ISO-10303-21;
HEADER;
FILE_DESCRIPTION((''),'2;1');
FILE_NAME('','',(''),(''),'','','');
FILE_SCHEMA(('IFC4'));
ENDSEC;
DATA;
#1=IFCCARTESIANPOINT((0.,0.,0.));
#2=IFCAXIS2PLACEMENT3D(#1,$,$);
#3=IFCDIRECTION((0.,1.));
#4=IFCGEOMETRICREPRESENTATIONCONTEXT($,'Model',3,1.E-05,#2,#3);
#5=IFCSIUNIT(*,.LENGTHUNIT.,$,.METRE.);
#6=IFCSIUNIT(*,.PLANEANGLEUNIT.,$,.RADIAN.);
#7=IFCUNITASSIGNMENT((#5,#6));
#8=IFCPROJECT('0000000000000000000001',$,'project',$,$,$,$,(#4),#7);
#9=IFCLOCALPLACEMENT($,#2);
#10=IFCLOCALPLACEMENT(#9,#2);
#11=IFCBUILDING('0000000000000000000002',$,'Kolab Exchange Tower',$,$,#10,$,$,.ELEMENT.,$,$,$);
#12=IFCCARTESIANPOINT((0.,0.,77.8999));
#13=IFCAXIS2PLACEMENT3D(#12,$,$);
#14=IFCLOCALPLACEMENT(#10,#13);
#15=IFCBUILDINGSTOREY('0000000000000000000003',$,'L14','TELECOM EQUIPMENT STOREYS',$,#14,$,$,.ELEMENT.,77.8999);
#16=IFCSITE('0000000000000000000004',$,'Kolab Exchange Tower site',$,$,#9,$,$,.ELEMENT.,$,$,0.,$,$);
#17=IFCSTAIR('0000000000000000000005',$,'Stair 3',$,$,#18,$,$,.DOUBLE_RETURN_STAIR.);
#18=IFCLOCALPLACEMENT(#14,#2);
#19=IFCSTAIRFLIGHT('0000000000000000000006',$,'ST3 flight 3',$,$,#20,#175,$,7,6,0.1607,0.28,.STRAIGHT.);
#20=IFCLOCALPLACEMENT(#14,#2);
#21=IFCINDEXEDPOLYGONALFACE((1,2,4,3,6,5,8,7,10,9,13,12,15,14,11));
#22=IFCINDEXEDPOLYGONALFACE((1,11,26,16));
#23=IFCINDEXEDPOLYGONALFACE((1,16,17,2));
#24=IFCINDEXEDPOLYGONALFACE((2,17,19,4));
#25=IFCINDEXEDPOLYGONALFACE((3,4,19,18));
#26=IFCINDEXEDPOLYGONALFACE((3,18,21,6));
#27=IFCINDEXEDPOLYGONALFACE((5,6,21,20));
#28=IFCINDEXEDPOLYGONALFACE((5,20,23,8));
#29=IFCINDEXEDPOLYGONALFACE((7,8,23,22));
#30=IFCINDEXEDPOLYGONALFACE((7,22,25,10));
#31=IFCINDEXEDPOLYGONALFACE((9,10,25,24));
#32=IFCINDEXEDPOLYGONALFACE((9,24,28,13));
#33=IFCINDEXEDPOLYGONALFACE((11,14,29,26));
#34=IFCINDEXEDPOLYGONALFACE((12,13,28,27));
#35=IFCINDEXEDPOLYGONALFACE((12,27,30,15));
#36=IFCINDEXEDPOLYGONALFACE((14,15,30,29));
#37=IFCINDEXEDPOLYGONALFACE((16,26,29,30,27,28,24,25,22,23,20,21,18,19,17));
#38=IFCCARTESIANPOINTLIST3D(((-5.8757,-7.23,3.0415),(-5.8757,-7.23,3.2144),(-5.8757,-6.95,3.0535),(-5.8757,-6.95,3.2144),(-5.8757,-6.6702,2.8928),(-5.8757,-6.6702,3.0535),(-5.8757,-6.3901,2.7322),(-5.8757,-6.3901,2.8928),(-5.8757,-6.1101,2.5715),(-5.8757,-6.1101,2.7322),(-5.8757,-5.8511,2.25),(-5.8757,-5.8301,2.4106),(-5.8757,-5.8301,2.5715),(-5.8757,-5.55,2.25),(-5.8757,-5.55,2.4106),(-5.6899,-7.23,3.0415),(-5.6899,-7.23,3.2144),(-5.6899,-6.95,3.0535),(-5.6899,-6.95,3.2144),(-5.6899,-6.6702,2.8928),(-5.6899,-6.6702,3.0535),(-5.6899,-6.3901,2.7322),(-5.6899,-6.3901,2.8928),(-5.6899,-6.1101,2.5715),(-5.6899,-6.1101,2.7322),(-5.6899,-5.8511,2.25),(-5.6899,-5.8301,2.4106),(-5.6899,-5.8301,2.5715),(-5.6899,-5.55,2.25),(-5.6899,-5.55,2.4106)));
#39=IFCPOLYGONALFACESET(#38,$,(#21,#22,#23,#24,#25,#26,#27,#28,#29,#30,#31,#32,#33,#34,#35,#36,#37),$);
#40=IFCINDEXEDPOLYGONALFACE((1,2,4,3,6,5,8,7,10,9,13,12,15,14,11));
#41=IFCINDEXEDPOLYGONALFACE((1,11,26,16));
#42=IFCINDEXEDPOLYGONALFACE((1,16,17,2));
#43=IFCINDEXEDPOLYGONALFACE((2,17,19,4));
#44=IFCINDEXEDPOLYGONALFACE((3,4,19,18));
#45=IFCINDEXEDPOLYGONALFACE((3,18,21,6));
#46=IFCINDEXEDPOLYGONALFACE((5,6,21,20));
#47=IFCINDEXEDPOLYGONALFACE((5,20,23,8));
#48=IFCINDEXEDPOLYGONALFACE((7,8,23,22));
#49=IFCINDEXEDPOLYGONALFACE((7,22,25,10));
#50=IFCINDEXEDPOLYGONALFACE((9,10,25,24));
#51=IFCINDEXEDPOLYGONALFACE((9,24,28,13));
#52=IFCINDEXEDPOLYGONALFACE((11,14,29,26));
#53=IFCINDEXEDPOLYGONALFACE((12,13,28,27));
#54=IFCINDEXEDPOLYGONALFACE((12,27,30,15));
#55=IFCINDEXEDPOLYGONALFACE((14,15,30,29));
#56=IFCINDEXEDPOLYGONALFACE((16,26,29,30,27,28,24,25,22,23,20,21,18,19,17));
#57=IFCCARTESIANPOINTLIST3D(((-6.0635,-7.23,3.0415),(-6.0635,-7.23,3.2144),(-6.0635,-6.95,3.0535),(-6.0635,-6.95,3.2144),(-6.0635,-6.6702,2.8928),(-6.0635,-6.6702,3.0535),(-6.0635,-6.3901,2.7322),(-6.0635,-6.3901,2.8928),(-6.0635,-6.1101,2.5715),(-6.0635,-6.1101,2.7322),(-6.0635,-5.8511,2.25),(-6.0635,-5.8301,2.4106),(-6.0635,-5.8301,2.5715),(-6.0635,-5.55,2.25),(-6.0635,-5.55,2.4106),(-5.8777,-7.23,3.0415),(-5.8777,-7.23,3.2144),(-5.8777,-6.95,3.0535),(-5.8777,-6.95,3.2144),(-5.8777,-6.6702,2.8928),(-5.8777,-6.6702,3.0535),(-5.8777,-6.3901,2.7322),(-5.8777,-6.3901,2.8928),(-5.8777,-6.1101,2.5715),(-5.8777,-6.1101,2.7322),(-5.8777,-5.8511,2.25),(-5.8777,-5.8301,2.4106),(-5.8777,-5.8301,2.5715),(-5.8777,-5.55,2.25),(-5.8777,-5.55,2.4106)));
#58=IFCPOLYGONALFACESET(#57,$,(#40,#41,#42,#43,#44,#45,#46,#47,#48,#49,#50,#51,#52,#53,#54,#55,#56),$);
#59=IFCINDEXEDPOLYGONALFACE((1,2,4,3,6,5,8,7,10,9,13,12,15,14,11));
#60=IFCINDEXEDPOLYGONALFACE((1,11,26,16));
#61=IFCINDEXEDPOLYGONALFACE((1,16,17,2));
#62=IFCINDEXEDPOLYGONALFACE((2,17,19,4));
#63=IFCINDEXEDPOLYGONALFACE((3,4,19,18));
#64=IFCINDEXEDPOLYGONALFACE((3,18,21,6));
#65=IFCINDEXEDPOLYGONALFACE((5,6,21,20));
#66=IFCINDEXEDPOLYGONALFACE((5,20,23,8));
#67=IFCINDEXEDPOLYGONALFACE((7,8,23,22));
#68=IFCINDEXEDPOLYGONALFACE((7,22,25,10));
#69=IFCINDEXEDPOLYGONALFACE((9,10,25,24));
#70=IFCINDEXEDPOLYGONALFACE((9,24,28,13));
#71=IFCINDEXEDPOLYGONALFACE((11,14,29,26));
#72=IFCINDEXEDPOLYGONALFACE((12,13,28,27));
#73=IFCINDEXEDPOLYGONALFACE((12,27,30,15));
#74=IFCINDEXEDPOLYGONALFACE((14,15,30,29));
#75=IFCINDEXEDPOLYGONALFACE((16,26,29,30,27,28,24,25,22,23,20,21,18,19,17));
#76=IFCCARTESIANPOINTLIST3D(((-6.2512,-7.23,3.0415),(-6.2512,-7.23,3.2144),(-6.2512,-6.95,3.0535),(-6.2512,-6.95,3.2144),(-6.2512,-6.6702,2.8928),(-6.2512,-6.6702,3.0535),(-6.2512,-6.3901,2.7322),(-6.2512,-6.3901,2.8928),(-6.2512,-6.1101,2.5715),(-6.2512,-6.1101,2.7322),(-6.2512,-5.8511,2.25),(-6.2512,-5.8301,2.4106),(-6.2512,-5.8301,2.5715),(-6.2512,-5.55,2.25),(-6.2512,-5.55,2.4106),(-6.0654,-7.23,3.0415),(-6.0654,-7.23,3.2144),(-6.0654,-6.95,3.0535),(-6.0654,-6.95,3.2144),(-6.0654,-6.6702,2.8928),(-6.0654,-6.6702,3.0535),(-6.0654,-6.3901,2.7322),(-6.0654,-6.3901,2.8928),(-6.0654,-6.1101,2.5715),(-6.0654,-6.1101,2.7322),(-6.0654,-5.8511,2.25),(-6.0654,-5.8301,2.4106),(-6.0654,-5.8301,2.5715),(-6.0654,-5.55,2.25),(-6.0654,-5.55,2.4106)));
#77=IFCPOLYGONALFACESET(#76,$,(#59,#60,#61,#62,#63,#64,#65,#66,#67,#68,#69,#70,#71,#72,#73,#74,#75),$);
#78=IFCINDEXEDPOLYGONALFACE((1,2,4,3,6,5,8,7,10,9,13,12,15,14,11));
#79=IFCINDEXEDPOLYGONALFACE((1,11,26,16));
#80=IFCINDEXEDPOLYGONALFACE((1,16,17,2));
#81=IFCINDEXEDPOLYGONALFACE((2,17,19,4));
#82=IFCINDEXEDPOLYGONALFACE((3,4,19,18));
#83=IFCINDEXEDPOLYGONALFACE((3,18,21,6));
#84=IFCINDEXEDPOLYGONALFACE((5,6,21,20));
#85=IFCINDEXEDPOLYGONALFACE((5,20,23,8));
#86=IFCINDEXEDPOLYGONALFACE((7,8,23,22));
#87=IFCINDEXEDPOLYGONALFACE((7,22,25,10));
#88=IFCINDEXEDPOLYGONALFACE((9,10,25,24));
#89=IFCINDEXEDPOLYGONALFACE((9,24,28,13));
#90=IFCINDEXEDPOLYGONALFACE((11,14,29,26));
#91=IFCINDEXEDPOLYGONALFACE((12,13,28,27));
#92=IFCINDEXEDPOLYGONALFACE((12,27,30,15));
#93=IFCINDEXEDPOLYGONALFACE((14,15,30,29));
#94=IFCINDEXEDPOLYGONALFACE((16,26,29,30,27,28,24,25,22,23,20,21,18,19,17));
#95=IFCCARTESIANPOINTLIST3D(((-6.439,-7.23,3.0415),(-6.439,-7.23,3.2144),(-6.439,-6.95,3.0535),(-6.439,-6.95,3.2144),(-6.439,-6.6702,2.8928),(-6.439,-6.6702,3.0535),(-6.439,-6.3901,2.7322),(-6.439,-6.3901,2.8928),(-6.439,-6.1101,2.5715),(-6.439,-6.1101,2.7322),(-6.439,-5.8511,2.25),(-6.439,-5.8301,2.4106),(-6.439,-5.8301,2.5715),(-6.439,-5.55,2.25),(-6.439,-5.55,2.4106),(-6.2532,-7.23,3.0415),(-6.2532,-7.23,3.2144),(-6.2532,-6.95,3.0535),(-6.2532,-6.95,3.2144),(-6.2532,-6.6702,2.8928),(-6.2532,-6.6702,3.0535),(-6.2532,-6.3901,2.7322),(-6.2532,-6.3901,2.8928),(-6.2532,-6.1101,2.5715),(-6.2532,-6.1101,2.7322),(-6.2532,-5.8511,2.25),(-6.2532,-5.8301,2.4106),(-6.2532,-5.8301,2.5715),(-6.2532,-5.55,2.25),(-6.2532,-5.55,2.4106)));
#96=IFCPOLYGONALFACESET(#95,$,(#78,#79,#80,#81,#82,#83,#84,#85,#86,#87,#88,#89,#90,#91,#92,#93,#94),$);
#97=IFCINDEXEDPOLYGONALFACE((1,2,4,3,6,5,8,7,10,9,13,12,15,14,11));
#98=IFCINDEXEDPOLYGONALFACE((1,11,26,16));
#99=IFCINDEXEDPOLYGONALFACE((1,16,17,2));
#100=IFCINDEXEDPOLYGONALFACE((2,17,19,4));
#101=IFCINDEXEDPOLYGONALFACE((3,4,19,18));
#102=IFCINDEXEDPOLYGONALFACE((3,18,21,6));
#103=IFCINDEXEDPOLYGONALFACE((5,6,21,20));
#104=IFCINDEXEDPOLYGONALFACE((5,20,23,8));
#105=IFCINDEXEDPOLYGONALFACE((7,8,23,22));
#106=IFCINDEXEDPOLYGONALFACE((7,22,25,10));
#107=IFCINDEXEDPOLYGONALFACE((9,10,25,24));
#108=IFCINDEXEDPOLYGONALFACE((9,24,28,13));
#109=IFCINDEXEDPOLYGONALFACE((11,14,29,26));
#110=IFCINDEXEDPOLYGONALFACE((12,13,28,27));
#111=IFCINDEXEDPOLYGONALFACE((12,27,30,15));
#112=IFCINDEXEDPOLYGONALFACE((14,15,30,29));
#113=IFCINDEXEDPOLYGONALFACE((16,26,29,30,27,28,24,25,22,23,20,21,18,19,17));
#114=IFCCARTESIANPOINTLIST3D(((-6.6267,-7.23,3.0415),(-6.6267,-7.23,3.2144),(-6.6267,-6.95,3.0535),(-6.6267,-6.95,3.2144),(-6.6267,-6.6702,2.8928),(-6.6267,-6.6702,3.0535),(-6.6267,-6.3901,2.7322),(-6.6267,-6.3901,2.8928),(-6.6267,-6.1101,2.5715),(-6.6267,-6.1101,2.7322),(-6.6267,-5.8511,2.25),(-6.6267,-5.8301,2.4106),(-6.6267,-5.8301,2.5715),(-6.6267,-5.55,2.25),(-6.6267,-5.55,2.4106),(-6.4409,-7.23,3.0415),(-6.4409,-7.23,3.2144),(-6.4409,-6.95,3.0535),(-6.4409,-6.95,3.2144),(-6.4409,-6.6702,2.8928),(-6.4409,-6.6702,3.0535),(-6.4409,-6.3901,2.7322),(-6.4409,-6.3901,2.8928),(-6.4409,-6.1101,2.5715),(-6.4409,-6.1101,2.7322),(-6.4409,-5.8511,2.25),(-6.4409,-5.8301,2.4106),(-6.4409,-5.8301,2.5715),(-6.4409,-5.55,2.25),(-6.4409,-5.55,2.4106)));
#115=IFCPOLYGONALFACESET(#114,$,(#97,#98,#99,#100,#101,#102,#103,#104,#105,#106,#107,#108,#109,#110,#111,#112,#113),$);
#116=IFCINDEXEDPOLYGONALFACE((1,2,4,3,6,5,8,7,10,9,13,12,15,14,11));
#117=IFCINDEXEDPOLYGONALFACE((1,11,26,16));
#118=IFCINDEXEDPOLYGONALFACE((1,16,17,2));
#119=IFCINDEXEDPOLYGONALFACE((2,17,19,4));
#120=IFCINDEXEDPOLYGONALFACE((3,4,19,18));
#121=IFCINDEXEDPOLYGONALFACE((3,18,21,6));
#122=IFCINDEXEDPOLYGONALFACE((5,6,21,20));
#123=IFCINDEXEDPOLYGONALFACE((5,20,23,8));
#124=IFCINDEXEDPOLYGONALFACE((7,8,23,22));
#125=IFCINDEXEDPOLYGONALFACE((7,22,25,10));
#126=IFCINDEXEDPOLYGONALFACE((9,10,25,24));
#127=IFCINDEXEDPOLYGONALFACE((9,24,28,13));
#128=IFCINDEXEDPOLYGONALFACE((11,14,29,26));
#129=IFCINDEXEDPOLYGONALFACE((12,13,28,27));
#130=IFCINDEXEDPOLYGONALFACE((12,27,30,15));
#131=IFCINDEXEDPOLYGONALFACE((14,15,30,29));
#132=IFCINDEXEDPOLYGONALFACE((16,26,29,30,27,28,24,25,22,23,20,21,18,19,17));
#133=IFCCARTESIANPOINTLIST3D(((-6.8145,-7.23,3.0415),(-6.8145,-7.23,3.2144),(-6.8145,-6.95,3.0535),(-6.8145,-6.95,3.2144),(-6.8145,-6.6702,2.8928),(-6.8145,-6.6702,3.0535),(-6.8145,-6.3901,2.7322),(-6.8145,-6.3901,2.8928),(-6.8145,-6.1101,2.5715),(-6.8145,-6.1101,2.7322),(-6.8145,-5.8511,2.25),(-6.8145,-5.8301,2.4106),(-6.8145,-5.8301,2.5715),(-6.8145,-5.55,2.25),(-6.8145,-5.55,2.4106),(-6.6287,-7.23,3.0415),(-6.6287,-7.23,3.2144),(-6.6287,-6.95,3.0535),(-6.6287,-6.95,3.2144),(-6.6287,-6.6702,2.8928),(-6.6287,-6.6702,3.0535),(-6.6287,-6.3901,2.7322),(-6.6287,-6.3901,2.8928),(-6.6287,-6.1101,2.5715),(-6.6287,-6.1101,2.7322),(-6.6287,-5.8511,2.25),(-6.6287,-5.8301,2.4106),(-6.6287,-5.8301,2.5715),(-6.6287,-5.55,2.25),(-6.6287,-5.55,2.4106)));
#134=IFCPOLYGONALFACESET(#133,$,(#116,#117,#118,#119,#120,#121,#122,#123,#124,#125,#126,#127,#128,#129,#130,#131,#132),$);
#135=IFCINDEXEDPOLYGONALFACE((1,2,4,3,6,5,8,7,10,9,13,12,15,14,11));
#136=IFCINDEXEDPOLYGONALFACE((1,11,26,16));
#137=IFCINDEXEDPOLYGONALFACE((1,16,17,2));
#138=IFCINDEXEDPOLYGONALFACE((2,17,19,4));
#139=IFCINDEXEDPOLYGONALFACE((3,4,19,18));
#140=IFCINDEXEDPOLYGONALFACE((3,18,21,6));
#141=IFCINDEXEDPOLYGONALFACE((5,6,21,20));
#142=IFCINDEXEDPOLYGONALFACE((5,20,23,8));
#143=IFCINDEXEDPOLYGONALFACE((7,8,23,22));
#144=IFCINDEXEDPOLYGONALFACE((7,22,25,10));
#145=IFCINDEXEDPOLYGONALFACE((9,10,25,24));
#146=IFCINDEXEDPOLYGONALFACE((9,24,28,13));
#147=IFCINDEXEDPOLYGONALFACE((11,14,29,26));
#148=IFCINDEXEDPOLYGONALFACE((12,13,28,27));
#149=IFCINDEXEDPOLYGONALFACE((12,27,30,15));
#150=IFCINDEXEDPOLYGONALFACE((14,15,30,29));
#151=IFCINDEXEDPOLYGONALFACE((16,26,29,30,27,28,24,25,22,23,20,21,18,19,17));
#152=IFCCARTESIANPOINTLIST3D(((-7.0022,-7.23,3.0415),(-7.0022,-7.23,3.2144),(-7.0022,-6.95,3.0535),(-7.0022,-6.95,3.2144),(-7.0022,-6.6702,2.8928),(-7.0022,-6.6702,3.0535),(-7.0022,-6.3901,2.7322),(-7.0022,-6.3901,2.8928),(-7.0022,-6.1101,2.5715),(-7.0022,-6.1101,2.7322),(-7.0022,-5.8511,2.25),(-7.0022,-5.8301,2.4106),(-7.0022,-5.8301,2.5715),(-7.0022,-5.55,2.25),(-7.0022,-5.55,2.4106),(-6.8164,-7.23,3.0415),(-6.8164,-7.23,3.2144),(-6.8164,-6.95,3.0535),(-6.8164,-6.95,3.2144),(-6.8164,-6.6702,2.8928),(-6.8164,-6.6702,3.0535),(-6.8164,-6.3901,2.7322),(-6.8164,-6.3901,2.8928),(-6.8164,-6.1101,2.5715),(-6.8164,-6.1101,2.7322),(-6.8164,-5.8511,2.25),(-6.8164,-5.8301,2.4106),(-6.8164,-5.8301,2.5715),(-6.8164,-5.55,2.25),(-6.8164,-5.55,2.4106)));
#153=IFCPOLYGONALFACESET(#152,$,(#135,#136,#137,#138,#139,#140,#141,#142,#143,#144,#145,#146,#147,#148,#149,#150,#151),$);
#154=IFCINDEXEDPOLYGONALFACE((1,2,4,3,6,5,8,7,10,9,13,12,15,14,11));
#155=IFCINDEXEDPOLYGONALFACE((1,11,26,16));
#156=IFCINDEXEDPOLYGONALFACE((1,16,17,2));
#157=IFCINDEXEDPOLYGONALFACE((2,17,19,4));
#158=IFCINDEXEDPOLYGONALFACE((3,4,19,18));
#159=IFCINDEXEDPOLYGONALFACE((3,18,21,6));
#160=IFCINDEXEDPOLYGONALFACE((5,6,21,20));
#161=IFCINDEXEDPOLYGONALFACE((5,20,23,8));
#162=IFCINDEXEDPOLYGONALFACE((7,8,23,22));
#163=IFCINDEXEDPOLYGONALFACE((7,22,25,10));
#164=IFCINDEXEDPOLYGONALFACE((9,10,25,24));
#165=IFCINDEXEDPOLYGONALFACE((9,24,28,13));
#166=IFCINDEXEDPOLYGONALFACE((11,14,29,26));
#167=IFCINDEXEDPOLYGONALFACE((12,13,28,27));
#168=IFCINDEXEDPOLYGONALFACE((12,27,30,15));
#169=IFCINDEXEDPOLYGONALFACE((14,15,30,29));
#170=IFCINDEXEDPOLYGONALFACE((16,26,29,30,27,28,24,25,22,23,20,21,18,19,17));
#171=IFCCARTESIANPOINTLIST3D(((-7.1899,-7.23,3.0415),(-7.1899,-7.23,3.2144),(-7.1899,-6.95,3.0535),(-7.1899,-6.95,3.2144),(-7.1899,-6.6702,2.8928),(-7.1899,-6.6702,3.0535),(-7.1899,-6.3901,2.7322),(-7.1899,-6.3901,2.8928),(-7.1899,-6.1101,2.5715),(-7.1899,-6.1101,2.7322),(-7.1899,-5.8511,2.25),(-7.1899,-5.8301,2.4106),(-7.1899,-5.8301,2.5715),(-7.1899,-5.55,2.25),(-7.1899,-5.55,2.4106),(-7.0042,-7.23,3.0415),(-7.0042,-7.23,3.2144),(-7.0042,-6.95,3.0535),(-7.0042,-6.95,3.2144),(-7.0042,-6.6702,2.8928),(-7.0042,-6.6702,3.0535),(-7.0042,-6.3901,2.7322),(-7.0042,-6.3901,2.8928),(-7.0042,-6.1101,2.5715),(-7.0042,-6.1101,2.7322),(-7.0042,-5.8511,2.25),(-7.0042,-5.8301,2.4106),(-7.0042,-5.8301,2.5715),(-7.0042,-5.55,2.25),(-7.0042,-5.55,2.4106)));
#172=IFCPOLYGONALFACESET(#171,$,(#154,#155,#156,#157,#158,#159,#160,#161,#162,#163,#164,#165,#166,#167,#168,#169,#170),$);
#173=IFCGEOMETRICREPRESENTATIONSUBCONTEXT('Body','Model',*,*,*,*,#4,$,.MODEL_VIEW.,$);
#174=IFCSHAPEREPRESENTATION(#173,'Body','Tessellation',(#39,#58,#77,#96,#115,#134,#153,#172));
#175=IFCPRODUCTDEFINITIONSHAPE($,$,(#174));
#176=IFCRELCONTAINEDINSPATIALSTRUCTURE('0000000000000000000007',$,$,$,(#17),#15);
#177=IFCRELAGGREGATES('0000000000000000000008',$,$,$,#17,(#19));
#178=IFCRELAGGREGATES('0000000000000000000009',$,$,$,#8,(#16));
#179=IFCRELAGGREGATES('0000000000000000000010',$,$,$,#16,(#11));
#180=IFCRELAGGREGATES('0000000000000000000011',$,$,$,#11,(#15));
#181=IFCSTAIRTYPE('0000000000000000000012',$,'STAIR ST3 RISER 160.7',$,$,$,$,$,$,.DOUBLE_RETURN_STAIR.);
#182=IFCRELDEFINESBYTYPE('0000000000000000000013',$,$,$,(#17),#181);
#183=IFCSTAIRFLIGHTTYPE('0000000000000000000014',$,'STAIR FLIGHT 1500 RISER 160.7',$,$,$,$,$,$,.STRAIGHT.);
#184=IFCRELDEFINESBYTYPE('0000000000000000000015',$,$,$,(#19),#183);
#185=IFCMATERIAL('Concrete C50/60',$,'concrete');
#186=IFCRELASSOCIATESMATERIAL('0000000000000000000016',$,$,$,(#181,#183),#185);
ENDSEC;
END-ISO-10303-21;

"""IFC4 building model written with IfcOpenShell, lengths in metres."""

from ifc_helpers import new_model, si_unit, direction, frame, origin, place, context, subcontext, project, spatial, polyline, outline, extrude, material, type_object, element, aggregate, save


model = new_model("IFC4")

# Units and contexts
model_context = context("Model", 3, precision=1e-05, world=origin(), true_north=direction((0.0, 1.0)))
body_context = subcontext(model_context, "Body", "Model", "MODEL_VIEW")
ifc_project = project(units=[si_unit("LENGTHUNIT", "METRE"), si_unit("PLANEANGLEUNIT", "RADIAN")], contexts=[model_context])

# Site, building, storey
site_placement = place(None, origin())
site = spatial("IfcSite", under=ifc_project, at=site_placement, Name="Kolab Exchange Tower site", CompositionType="ELEMENT", RefElevation=0.0)
building_placement = place(site_placement, origin())
building = spatial("IfcBuilding", under=site, at=building_placement, Name="Kolab Exchange Tower", CompositionType="ELEMENT")
storey_placement = place(building_placement, frame((0.0, 0.0, 77.8999)))
storey = spatial("IfcBuildingStorey", under=building, at=storey_placement, Name="L14", Description="TELECOM EQUIPMENT STOREYS", CompositionType="ELEMENT", Elevation=77.8999)

# Shared definitions
ifc_material_1 = material(Name="Concrete C50/60", Category="concrete")

# Stair, stair flight
stair_type = type_object("IfcStairType", Name="STAIR ST3 RISER 160.7", PredefinedType="DOUBLE_RETURN_STAIR", material=ifc_material_1)
stair_placement = place(storey_placement, origin())
stair = element("IfcStair", 1, at=stair_placement, inside=storey, type_object=stair_type, Name="Stair 3", PredefinedType="DOUBLE_RETURN_STAIR")
stair_flight_type = type_object("IfcStairFlightType", Name="STAIR FLIGHT 1500 RISER 160.7", PredefinedType="STRAIGHT", material=ifc_material_1)
stair_flight_1_placement = place(storey_placement, frame((-6.4399, -5.55, 2.25), z_axis=(0.0, 0.0, 1.0), x_axis=(0.0, -1.0, 0.0)))
stair_flight_1 = element("IfcStairFlight", 2, at=stair_flight_1_placement, type_object=stair_flight_type, Name="ST3 flight 3", NumberOfRisers=7, NumberOfTreads=6, PredefinedType="STRAIGHT", RiserHeight=0.1607, TreadLength=0.28, context=body_context, shape_type="SweptSolid", body=[
    extrude(outline(polyline([(0.0, 0.0), (0.0, 0.1606), (0.28, 0.1606), (0.28, 0.3215), (0.5601, 0.3215), (0.5601, 0.4822), (0.8401, 0.4822), (0.8401, 0.6428), (1.1201, 0.6428), (1.1201, 0.8035), (1.3999, 0.8035), (1.3999, 0.9644), (1.6799, 0.9644), (1.6799, 1.125), (1.6799, 0.7915), (0.301, 0.0), (0.0, 0.0)])), frame((0.0, 0.75, 0.0), z_axis=(0.0, -1.0, 0.0), x_axis=(1.0, 0.0, 0.0)), (0.0, 0.0, 1.0), 0.1858),
    extrude(outline(polyline([(0.0, 0.0), (0.0, 0.1606), (0.28, 0.1606), (0.28, 0.3215), (0.5601, 0.3215), (0.5601, 0.4822), (0.8401, 0.4822), (0.8401, 0.6428), (1.1201, 0.6428), (1.1201, 0.8035), (1.3999, 0.8035), (1.3999, 0.9644), (1.6799, 0.9644), (1.6799, 1.125), (1.6799, 0.7915), (0.301, 0.0), (0.0, 0.0)])), frame((0.0, 0.5623, 0.0), z_axis=(0.0, -1.0, 0.0), x_axis=(1.0, 0.0, 0.0)), (0.0, 0.0, 1.0), 0.1858),
    extrude(outline(polyline([(0.0, 0.0), (0.0, 0.1606), (0.28, 0.1606), (0.28, 0.3215), (0.5601, 0.3215), (0.5601, 0.4822), (0.8401, 0.4822), (0.8401, 0.6428), (1.1201, 0.6428), (1.1201, 0.8035), (1.3999, 0.8035), (1.3999, 0.9644), (1.6799, 0.9644), (1.6799, 1.125), (1.6799, 0.7915), (0.301, 0.0), (0.0, 0.0)])), frame((0.0, 0.3745, 0.0), z_axis=(0.0, -1.0, 0.0), x_axis=(1.0, 0.0, 0.0)), (0.0, 0.0, 1.0), 0.1858),
    extrude(outline(polyline([(0.0, 0.0), (0.0, 0.1606), (0.28, 0.1606), (0.28, 0.3215), (0.5601, 0.3215), (0.5601, 0.4822), (0.8401, 0.4822), (0.8401, 0.6428), (1.1201, 0.6428), (1.1201, 0.8035), (1.3999, 0.8035), (1.3999, 0.9644), (1.6799, 0.9644), (1.6799, 1.125), (1.6799, 0.7915), (0.301, 0.0), (0.0, 0.0)])), frame((0.0, 0.1868, 0.0), z_axis=(0.0, -1.0, 0.0), x_axis=(1.0, 0.0, 0.0)), (0.0, 0.0, 1.0), 0.1858),
    extrude(outline(polyline([(0.0, 0.0), (0.0, 0.1606), (0.28, 0.1606), (0.28, 0.3215), (0.5601, 0.3215), (0.5601, 0.4822), (0.8401, 0.4822), (0.8401, 0.6428), (1.1201, 0.6428), (1.1201, 0.8035), (1.3999, 0.8035), (1.3999, 0.9644), (1.6799, 0.9644), (1.6799, 1.125), (1.6799, 0.7915), (0.301, 0.0), (0.0, 0.0)])), frame((0.0, -0.001, 0.0), z_axis=(0.0, -1.0, 0.0), x_axis=(1.0, 0.0, 0.0)), (0.0, 0.0, 1.0), 0.1858),
    extrude(outline(polyline([(0.0, 0.0), (0.0, 0.1606), (0.28, 0.1606), (0.28, 0.3215), (0.5601, 0.3215), (0.5601, 0.4822), (0.8401, 0.4822), (0.8401, 0.6428), (1.1201, 0.6428), (1.1201, 0.8035), (1.3999, 0.8035), (1.3999, 0.9644), (1.6799, 0.9644), (1.6799, 1.125), (1.6799, 0.7915), (0.301, 0.0), (0.0, 0.0)])), frame((0.0, -0.1887, 0.0), z_axis=(0.0, -1.0, 0.0), x_axis=(1.0, 0.0, 0.0)), (0.0, 0.0, 1.0), 0.1858),
    extrude(outline(polyline([(0.0, 0.0), (0.0, 0.1606), (0.28, 0.1606), (0.28, 0.3215), (0.5601, 0.3215), (0.5601, 0.4822), (0.8401, 0.4822), (0.8401, 0.6428), (1.1201, 0.6428), (1.1201, 0.8035), (1.3999, 0.8035), (1.3999, 0.9644), (1.6799, 0.9644), (1.6799, 1.125), (1.6799, 0.7915), (0.301, 0.0), (0.0, 0.0)])), frame((0.0, -0.3765, 0.0), z_axis=(0.0, -1.0, 0.0), x_axis=(1.0, 0.0, 0.0)), (0.0, 0.0, 1.0), 0.1858),
    extrude(outline(polyline([(0.0, 0.0), (0.0, 0.1606), (0.28, 0.1606), (0.28, 0.3215), (0.5601, 0.3215), (0.5601, 0.4822), (0.8401, 0.4822), (0.8401, 0.6428), (1.1201, 0.6428), (1.1201, 0.8035), (1.3999, 0.8035), (1.3999, 0.9644), (1.6799, 0.9644), (1.6799, 1.125), (1.6799, 0.7915), (0.301, 0.0), (0.0, 0.0)])), frame((0.0, -0.5642, 0.0), z_axis=(0.0, -1.0, 0.0), x_axis=(1.0, 0.0, 0.0)), (0.0, 0.0, 1.0), 0.1858),
])
aggregate(stair, [stair_flight_1])

save(model, "model.ifc")
